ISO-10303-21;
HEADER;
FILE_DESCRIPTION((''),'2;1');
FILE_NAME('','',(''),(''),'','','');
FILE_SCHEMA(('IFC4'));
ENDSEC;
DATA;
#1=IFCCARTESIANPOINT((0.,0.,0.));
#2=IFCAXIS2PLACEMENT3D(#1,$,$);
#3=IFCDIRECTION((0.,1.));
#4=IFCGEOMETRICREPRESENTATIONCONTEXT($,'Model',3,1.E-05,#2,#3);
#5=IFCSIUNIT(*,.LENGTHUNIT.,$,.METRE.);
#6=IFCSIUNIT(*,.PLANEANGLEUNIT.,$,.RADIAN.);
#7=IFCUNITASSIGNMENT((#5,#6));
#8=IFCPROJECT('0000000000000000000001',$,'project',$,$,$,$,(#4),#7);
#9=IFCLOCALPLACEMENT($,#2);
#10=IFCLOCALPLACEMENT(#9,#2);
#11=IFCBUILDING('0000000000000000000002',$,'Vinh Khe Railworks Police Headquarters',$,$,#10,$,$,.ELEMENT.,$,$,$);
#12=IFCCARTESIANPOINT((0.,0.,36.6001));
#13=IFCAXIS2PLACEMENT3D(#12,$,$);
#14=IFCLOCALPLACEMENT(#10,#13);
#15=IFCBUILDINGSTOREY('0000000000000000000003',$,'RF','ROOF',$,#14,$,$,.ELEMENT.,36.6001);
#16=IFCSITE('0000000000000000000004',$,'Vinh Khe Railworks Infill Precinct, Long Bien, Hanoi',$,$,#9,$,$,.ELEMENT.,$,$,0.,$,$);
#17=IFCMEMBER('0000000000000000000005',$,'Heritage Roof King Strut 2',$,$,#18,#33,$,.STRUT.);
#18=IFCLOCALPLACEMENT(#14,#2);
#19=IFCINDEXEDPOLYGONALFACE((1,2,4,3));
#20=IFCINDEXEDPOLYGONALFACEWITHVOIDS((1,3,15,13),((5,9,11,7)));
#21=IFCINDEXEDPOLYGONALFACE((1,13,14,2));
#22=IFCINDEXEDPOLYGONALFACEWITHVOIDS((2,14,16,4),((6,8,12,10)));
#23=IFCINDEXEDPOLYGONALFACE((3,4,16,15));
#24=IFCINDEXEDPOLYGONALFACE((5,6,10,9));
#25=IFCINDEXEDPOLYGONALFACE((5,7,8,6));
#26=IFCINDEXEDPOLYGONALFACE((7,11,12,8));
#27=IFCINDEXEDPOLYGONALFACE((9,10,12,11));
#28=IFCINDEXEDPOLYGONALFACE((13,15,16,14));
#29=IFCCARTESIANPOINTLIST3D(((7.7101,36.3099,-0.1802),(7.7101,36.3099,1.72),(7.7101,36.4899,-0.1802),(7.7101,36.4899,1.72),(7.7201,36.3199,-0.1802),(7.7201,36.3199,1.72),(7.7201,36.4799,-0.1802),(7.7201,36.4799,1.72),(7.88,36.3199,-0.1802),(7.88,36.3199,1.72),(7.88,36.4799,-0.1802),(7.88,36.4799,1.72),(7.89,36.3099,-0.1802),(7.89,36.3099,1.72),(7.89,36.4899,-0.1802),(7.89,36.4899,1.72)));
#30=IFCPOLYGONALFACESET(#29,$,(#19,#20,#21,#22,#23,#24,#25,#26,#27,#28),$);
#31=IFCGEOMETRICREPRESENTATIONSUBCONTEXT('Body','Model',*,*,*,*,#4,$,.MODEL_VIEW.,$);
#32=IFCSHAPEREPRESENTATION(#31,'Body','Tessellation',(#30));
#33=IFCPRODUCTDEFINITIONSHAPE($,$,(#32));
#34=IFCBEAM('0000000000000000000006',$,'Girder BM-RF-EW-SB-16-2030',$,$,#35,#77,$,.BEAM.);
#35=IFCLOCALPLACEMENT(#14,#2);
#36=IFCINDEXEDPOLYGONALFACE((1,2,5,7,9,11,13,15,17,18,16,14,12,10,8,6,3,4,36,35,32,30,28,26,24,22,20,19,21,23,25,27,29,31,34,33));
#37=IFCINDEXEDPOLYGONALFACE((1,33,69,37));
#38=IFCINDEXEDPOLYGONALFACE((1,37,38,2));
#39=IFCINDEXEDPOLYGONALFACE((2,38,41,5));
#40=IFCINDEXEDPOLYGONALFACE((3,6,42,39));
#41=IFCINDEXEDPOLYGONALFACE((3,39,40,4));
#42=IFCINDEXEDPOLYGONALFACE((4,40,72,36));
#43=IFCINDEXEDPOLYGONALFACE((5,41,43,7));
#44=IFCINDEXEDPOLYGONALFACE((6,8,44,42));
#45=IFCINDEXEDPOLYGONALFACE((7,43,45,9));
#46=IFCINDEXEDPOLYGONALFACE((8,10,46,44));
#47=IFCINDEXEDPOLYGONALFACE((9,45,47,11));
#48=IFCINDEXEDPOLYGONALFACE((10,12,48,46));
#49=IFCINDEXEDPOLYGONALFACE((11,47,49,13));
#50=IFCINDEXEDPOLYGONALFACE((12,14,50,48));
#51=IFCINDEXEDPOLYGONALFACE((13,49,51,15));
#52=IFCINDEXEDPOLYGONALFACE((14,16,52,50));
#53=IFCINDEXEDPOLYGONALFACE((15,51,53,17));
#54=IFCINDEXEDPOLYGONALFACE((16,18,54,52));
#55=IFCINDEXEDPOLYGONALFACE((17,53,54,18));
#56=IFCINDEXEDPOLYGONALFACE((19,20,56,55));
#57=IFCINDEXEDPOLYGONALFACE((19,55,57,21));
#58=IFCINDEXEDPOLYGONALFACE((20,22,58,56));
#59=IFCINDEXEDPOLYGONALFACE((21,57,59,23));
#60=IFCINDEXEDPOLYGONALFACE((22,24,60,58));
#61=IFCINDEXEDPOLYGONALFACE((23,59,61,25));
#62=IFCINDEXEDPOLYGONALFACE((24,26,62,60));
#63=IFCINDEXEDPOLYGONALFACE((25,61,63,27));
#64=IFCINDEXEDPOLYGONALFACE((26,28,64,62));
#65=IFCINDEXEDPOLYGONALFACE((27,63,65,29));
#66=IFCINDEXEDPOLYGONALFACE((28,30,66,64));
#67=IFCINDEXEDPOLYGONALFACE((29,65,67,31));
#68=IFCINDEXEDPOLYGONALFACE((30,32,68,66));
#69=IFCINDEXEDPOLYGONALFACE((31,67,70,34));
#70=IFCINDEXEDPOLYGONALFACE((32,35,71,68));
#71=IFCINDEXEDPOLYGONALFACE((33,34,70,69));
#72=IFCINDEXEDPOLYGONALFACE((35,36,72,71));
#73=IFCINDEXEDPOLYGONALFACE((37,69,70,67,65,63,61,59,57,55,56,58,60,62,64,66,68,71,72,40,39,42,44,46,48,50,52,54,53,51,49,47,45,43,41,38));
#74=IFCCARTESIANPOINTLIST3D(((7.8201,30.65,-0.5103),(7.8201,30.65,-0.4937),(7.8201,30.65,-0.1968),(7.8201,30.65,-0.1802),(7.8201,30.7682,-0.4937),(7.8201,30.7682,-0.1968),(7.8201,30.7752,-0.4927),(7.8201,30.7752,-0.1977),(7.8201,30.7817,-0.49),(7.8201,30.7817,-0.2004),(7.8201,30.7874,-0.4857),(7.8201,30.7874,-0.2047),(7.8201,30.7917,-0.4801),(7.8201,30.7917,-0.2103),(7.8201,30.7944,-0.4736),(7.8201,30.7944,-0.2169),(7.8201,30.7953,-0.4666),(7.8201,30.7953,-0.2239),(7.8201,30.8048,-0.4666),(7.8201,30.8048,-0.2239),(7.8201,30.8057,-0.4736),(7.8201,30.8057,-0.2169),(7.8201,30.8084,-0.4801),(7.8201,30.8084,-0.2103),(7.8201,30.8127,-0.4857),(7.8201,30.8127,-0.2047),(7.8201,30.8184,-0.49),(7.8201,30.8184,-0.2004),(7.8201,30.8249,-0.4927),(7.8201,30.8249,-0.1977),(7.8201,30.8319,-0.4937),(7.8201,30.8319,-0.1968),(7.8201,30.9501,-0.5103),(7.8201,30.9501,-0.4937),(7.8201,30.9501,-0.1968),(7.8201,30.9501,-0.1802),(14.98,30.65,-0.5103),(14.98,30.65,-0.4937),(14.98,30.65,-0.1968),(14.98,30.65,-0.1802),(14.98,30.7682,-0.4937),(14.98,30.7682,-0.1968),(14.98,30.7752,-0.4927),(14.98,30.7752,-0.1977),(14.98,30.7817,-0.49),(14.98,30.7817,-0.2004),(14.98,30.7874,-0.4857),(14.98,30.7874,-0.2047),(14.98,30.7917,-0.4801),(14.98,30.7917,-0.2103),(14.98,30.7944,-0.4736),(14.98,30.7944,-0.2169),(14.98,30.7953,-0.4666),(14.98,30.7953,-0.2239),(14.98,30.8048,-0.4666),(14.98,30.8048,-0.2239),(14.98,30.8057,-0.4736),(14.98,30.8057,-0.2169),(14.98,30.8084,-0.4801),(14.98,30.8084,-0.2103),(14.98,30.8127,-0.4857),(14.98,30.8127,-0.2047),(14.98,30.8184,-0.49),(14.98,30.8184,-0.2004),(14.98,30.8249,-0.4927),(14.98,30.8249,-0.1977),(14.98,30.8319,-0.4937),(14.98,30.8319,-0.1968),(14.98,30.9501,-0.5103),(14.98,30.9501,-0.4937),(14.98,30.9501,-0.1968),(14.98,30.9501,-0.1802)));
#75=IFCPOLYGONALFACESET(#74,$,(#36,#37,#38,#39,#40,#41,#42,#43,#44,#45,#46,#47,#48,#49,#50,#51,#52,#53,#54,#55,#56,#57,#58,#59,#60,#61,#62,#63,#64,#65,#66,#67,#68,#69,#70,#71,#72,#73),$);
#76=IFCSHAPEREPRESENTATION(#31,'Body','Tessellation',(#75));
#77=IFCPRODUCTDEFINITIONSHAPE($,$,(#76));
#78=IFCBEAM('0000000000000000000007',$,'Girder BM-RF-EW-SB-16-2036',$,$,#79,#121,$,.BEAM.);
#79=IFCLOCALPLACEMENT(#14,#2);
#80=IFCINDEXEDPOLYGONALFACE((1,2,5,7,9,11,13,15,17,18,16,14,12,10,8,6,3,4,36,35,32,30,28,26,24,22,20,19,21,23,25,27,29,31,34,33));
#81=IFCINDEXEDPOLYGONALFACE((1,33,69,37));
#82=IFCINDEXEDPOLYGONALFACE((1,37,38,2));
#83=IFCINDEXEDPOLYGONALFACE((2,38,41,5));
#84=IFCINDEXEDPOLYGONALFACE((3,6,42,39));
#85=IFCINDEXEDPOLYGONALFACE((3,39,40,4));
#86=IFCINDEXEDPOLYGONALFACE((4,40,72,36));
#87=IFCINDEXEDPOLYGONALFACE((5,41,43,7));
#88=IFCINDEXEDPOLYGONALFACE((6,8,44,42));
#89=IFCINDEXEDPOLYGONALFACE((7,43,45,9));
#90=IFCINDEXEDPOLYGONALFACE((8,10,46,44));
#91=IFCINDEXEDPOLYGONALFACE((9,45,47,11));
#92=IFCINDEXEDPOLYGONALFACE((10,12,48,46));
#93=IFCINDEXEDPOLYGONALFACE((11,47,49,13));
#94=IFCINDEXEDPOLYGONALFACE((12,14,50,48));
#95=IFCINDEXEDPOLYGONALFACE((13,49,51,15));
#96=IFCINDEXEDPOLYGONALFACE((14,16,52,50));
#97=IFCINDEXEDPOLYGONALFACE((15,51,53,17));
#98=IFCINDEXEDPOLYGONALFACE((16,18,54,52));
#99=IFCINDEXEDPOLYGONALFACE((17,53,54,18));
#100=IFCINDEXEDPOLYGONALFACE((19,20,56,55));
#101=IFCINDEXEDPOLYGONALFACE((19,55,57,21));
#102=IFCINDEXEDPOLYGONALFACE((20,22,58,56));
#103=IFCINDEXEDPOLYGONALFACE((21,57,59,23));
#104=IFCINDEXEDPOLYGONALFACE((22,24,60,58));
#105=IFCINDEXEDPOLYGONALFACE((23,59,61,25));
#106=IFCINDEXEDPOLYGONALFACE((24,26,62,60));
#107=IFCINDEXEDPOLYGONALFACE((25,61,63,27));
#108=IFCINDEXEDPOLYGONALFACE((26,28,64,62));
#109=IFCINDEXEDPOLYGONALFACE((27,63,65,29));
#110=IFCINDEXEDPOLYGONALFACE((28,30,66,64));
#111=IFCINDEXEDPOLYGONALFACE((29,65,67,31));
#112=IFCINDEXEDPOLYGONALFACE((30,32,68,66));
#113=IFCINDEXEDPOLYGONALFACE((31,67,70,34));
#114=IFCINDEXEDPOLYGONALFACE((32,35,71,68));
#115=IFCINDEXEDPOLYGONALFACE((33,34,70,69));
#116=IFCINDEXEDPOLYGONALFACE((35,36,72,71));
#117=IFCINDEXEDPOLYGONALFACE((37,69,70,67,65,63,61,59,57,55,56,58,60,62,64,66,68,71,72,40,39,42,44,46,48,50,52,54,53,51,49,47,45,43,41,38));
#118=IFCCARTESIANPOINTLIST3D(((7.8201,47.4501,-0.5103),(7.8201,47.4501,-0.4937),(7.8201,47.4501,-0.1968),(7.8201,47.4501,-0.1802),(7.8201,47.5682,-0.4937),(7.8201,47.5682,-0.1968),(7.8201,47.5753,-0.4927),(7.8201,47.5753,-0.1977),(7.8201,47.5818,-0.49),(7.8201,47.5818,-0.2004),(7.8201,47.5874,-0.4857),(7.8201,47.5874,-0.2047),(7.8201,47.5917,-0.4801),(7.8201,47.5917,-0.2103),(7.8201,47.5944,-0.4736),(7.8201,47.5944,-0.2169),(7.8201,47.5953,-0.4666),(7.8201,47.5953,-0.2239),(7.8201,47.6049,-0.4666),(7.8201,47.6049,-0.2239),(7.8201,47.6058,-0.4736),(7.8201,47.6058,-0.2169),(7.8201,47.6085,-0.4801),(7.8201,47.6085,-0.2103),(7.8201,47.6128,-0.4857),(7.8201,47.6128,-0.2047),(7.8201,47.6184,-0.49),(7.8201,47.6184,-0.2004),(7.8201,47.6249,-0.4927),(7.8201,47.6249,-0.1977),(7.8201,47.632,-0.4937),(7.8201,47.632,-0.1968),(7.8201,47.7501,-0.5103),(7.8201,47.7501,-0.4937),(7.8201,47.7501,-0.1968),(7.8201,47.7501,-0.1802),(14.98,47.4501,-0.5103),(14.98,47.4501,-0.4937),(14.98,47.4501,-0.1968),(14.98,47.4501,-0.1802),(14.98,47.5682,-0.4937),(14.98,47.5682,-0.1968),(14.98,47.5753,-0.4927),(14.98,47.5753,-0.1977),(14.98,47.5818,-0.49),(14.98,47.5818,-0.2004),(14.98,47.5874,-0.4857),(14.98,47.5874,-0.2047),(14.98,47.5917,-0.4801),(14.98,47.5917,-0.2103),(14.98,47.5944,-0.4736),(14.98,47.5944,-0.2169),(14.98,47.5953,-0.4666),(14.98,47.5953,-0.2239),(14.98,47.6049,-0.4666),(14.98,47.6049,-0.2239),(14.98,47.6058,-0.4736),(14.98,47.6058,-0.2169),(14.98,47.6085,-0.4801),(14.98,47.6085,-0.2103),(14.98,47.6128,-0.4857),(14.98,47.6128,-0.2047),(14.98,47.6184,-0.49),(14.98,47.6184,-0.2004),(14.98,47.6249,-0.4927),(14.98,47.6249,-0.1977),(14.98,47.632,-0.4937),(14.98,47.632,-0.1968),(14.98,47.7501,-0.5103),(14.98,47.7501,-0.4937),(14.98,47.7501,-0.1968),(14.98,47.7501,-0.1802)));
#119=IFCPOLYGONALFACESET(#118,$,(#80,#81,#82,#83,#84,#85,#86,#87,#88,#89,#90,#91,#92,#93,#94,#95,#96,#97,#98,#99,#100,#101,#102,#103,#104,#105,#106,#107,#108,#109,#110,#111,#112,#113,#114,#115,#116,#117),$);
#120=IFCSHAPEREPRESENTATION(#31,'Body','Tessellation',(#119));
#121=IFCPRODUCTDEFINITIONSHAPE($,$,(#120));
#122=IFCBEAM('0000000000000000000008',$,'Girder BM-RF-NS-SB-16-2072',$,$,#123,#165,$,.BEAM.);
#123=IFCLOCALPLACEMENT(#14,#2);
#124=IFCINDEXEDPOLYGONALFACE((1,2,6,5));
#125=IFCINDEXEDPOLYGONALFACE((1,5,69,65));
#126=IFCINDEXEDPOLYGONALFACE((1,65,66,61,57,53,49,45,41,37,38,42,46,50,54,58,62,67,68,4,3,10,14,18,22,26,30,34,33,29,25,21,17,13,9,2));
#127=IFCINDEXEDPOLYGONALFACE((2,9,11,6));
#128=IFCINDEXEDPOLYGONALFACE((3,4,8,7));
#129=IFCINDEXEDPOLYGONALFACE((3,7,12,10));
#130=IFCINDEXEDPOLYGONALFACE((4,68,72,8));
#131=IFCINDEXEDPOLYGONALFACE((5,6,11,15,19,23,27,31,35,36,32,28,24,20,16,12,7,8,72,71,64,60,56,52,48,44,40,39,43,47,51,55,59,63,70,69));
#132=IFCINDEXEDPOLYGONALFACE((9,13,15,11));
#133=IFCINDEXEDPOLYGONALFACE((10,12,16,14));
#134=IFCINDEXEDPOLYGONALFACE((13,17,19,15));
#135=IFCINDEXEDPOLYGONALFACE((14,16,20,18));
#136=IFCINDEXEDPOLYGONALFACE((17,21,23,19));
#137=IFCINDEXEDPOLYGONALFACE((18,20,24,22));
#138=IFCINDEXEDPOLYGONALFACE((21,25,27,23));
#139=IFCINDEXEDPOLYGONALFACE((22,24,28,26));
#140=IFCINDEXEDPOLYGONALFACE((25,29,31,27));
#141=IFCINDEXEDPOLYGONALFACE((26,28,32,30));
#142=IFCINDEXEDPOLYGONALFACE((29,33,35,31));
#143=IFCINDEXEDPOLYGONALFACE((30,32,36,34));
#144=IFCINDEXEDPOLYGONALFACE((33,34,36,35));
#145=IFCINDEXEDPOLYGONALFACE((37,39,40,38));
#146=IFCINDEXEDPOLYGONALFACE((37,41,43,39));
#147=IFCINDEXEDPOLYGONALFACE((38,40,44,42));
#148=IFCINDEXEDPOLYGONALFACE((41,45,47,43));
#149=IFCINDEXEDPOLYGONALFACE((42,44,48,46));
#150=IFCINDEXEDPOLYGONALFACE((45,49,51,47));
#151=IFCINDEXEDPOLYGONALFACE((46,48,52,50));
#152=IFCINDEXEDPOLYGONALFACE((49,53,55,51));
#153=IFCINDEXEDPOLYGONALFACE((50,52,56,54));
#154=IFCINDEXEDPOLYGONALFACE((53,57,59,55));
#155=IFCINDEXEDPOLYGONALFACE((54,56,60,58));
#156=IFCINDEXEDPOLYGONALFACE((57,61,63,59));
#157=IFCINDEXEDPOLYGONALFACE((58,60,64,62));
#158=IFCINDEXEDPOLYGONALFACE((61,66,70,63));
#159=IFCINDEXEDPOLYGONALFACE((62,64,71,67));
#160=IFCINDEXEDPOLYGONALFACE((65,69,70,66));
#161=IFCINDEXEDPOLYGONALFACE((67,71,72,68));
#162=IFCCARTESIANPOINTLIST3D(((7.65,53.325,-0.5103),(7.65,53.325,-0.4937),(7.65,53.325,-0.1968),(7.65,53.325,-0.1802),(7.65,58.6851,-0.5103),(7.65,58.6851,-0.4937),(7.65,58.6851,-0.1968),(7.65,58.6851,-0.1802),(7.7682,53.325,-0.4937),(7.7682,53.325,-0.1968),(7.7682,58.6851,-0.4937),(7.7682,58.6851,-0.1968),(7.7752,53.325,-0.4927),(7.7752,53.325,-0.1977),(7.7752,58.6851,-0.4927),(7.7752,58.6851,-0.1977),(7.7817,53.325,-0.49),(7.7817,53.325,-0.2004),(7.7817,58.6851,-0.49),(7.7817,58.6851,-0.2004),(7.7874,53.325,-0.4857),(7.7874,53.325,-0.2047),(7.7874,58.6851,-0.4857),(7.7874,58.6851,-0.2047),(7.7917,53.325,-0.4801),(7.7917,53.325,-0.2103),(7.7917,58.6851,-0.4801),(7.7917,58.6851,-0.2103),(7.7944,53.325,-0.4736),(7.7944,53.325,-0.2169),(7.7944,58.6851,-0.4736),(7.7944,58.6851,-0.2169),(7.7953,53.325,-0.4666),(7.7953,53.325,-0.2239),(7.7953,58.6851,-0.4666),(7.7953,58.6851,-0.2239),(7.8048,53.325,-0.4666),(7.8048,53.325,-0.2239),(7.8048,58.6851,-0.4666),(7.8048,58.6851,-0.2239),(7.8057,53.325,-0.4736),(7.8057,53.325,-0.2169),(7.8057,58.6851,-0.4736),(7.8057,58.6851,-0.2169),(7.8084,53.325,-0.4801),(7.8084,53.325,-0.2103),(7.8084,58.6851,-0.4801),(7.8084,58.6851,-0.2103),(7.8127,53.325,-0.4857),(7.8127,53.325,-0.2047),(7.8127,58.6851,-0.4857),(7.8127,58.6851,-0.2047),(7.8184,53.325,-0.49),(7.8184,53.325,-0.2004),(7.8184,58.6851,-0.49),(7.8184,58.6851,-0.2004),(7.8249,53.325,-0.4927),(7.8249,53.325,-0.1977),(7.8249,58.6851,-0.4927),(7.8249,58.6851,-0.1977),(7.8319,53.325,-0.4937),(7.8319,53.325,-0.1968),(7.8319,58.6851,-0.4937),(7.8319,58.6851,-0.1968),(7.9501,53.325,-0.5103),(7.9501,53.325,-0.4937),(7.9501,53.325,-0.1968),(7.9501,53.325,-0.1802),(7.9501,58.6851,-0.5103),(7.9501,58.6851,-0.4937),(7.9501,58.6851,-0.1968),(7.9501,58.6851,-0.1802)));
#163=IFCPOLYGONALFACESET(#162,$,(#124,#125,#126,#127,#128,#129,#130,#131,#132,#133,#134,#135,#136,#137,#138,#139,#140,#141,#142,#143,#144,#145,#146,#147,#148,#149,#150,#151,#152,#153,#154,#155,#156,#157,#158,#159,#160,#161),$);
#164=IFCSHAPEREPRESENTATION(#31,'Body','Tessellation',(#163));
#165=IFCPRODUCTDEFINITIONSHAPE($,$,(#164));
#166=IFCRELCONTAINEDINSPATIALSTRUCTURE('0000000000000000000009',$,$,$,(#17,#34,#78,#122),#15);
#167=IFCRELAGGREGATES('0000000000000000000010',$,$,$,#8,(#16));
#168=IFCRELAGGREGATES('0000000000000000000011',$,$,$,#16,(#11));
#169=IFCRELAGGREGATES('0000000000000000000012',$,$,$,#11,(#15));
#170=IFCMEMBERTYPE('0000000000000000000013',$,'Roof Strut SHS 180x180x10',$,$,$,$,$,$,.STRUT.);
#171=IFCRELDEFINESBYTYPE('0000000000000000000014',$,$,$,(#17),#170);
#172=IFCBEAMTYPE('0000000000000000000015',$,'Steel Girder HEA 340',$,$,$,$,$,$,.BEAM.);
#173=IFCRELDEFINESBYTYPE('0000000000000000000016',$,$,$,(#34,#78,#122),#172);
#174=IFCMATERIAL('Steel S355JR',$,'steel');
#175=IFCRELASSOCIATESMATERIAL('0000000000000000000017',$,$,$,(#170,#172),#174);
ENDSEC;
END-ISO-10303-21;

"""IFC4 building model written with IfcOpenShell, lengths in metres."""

from ifc_helpers import new_model, si_unit, direction, frame, origin, origin_2d, place, context, subcontext, project, spatial, hollow_rectangle, i_section, extrude, material, material_profile, profile_set, type_object, element, save


model = new_model("IFC4")

# Units and contexts
model_context = context("Model", 3, precision=1e-05, world=origin(), true_north=direction((0.0, 1.0)))
body_context = subcontext(model_context, "Body", "Model", "MODEL_VIEW")
ifc_project = project(units=[si_unit("LENGTHUNIT", "METRE"), si_unit("PLANEANGLEUNIT", "RADIAN")], contexts=[model_context])

# Site, building, storey
site_placement = place(None, origin())
site = spatial("IfcSite", under=ifc_project, at=site_placement, Name="Vinh Khe Railworks Infill Precinct, Long Bien, Hanoi", CompositionType="ELEMENT", RefElevation=0.0)
building_placement = place(site_placement, origin())
building = spatial("IfcBuilding", under=site, at=building_placement, Name="Vinh Khe Railworks Police Headquarters", CompositionType="ELEMENT")
storey_placement = place(building_placement, frame((0.0, 0.0, 36.6001)))
storey = spatial("IfcBuildingStorey", under=building, at=storey_placement, Name="RF", Description="ROOF", CompositionType="ELEMENT", Elevation=36.6001)

# Member
ifc_material_1 = material(Name="Steel S355JR", Category="steel")
ifc_material_profile_1 = material_profile(ifc_material_1, hollow_rectangle(XDim=0.1799, YDim=0.1799, WallThickness=0.01, at=origin_2d()), Name="SHS 180x180x10")
ifc_profile_set_1 = profile_set([ifc_material_profile_1], Name="Steel S355JR")
member_type_1 = type_object("IfcMemberType", Name="Roof Strut SHS 180x180x10", PredefinedType="STRUT", material=ifc_profile_set_1)
member_placement = place(storey_placement, frame((7.8, 36.3999, -0.1802), z_axis=(0.0, 0.0, 1.0), x_axis=(1.0, 0.0, 0.0)))
element("IfcMember", 1, at=member_placement, inside=storey, type_object=member_type_1, Name="Heritage Roof King Strut 2", PredefinedType="STRUT", context=body_context, shape_type="SweptSolid", body=[
    extrude(hollow_rectangle(XDim=0.1799, YDim=0.1799, WallThickness=0.01, at=origin_2d()), origin(), (0.0, 0.0, 1.0), 1.9001),
])

# Beams
ifc_material_profile_2 = material_profile(ifc_material_1, i_section(OverallWidth=0.3, OverallDepth=0.3301, WebThickness=0.0095, FlangeThickness=0.0166, FilletRadius=0.0271, at=origin_2d()), Name="HEA 340")
ifc_profile_set_2 = profile_set([ifc_material_profile_2], Name="Steel S355JR")
beam_type_1 = type_object("IfcBeamType", Name="Steel Girder HEA 340", PredefinedType="BEAM", material=ifc_profile_set_2)
for number, where, z_axis, x_axis, name in (
    (2, (7.8201, 30.8, -0.3452), (1.0, 0.0, 0.0), (0.0, 1.0, 0.0), "Girder BM-RF-EW-SB-16-2030"),
    (3, (7.8201, 47.6001, -0.3452), (1.0, 0.0, 0.0), (0.0, 1.0, 0.0), "Girder BM-RF-EW-SB-16-2036"),
):
    element("IfcBeam", number, at=place(storey_placement, frame(where, z_axis=z_axis, x_axis=x_axis)), inside=storey, type_object=beam_type_1, Name=name, PredefinedType="BEAM", context=body_context, shape_type="SweptSolid", body=[
        extrude(i_section(OverallWidth=0.3, OverallDepth=0.3301, WebThickness=0.0095, FlangeThickness=0.0166, FilletRadius=0.0271, at=origin_2d()), origin(), (0.0, 0.0, 1.0), 7.1599),
    ])
beam_1_placement = place(storey_placement, frame((7.8, 53.325, -0.3452), z_axis=(0.0, 1.0, 0.0), x_axis=(-1.0, 0.0, 0.0)))
element("IfcBeam", 4, at=beam_1_placement, inside=storey, type_object=beam_type_1, Name="Girder BM-RF-NS-SB-16-2072", PredefinedType="BEAM", context=body_context, shape_type="SweptSolid", body=[
    extrude(i_section(OverallWidth=0.3, OverallDepth=0.3301, WebThickness=0.0095, FlangeThickness=0.0166, FilletRadius=0.0271, at=origin_2d()), origin(), (0.0, 0.0, 1.0), 5.3601),
])

save(model, "model.ifc")
